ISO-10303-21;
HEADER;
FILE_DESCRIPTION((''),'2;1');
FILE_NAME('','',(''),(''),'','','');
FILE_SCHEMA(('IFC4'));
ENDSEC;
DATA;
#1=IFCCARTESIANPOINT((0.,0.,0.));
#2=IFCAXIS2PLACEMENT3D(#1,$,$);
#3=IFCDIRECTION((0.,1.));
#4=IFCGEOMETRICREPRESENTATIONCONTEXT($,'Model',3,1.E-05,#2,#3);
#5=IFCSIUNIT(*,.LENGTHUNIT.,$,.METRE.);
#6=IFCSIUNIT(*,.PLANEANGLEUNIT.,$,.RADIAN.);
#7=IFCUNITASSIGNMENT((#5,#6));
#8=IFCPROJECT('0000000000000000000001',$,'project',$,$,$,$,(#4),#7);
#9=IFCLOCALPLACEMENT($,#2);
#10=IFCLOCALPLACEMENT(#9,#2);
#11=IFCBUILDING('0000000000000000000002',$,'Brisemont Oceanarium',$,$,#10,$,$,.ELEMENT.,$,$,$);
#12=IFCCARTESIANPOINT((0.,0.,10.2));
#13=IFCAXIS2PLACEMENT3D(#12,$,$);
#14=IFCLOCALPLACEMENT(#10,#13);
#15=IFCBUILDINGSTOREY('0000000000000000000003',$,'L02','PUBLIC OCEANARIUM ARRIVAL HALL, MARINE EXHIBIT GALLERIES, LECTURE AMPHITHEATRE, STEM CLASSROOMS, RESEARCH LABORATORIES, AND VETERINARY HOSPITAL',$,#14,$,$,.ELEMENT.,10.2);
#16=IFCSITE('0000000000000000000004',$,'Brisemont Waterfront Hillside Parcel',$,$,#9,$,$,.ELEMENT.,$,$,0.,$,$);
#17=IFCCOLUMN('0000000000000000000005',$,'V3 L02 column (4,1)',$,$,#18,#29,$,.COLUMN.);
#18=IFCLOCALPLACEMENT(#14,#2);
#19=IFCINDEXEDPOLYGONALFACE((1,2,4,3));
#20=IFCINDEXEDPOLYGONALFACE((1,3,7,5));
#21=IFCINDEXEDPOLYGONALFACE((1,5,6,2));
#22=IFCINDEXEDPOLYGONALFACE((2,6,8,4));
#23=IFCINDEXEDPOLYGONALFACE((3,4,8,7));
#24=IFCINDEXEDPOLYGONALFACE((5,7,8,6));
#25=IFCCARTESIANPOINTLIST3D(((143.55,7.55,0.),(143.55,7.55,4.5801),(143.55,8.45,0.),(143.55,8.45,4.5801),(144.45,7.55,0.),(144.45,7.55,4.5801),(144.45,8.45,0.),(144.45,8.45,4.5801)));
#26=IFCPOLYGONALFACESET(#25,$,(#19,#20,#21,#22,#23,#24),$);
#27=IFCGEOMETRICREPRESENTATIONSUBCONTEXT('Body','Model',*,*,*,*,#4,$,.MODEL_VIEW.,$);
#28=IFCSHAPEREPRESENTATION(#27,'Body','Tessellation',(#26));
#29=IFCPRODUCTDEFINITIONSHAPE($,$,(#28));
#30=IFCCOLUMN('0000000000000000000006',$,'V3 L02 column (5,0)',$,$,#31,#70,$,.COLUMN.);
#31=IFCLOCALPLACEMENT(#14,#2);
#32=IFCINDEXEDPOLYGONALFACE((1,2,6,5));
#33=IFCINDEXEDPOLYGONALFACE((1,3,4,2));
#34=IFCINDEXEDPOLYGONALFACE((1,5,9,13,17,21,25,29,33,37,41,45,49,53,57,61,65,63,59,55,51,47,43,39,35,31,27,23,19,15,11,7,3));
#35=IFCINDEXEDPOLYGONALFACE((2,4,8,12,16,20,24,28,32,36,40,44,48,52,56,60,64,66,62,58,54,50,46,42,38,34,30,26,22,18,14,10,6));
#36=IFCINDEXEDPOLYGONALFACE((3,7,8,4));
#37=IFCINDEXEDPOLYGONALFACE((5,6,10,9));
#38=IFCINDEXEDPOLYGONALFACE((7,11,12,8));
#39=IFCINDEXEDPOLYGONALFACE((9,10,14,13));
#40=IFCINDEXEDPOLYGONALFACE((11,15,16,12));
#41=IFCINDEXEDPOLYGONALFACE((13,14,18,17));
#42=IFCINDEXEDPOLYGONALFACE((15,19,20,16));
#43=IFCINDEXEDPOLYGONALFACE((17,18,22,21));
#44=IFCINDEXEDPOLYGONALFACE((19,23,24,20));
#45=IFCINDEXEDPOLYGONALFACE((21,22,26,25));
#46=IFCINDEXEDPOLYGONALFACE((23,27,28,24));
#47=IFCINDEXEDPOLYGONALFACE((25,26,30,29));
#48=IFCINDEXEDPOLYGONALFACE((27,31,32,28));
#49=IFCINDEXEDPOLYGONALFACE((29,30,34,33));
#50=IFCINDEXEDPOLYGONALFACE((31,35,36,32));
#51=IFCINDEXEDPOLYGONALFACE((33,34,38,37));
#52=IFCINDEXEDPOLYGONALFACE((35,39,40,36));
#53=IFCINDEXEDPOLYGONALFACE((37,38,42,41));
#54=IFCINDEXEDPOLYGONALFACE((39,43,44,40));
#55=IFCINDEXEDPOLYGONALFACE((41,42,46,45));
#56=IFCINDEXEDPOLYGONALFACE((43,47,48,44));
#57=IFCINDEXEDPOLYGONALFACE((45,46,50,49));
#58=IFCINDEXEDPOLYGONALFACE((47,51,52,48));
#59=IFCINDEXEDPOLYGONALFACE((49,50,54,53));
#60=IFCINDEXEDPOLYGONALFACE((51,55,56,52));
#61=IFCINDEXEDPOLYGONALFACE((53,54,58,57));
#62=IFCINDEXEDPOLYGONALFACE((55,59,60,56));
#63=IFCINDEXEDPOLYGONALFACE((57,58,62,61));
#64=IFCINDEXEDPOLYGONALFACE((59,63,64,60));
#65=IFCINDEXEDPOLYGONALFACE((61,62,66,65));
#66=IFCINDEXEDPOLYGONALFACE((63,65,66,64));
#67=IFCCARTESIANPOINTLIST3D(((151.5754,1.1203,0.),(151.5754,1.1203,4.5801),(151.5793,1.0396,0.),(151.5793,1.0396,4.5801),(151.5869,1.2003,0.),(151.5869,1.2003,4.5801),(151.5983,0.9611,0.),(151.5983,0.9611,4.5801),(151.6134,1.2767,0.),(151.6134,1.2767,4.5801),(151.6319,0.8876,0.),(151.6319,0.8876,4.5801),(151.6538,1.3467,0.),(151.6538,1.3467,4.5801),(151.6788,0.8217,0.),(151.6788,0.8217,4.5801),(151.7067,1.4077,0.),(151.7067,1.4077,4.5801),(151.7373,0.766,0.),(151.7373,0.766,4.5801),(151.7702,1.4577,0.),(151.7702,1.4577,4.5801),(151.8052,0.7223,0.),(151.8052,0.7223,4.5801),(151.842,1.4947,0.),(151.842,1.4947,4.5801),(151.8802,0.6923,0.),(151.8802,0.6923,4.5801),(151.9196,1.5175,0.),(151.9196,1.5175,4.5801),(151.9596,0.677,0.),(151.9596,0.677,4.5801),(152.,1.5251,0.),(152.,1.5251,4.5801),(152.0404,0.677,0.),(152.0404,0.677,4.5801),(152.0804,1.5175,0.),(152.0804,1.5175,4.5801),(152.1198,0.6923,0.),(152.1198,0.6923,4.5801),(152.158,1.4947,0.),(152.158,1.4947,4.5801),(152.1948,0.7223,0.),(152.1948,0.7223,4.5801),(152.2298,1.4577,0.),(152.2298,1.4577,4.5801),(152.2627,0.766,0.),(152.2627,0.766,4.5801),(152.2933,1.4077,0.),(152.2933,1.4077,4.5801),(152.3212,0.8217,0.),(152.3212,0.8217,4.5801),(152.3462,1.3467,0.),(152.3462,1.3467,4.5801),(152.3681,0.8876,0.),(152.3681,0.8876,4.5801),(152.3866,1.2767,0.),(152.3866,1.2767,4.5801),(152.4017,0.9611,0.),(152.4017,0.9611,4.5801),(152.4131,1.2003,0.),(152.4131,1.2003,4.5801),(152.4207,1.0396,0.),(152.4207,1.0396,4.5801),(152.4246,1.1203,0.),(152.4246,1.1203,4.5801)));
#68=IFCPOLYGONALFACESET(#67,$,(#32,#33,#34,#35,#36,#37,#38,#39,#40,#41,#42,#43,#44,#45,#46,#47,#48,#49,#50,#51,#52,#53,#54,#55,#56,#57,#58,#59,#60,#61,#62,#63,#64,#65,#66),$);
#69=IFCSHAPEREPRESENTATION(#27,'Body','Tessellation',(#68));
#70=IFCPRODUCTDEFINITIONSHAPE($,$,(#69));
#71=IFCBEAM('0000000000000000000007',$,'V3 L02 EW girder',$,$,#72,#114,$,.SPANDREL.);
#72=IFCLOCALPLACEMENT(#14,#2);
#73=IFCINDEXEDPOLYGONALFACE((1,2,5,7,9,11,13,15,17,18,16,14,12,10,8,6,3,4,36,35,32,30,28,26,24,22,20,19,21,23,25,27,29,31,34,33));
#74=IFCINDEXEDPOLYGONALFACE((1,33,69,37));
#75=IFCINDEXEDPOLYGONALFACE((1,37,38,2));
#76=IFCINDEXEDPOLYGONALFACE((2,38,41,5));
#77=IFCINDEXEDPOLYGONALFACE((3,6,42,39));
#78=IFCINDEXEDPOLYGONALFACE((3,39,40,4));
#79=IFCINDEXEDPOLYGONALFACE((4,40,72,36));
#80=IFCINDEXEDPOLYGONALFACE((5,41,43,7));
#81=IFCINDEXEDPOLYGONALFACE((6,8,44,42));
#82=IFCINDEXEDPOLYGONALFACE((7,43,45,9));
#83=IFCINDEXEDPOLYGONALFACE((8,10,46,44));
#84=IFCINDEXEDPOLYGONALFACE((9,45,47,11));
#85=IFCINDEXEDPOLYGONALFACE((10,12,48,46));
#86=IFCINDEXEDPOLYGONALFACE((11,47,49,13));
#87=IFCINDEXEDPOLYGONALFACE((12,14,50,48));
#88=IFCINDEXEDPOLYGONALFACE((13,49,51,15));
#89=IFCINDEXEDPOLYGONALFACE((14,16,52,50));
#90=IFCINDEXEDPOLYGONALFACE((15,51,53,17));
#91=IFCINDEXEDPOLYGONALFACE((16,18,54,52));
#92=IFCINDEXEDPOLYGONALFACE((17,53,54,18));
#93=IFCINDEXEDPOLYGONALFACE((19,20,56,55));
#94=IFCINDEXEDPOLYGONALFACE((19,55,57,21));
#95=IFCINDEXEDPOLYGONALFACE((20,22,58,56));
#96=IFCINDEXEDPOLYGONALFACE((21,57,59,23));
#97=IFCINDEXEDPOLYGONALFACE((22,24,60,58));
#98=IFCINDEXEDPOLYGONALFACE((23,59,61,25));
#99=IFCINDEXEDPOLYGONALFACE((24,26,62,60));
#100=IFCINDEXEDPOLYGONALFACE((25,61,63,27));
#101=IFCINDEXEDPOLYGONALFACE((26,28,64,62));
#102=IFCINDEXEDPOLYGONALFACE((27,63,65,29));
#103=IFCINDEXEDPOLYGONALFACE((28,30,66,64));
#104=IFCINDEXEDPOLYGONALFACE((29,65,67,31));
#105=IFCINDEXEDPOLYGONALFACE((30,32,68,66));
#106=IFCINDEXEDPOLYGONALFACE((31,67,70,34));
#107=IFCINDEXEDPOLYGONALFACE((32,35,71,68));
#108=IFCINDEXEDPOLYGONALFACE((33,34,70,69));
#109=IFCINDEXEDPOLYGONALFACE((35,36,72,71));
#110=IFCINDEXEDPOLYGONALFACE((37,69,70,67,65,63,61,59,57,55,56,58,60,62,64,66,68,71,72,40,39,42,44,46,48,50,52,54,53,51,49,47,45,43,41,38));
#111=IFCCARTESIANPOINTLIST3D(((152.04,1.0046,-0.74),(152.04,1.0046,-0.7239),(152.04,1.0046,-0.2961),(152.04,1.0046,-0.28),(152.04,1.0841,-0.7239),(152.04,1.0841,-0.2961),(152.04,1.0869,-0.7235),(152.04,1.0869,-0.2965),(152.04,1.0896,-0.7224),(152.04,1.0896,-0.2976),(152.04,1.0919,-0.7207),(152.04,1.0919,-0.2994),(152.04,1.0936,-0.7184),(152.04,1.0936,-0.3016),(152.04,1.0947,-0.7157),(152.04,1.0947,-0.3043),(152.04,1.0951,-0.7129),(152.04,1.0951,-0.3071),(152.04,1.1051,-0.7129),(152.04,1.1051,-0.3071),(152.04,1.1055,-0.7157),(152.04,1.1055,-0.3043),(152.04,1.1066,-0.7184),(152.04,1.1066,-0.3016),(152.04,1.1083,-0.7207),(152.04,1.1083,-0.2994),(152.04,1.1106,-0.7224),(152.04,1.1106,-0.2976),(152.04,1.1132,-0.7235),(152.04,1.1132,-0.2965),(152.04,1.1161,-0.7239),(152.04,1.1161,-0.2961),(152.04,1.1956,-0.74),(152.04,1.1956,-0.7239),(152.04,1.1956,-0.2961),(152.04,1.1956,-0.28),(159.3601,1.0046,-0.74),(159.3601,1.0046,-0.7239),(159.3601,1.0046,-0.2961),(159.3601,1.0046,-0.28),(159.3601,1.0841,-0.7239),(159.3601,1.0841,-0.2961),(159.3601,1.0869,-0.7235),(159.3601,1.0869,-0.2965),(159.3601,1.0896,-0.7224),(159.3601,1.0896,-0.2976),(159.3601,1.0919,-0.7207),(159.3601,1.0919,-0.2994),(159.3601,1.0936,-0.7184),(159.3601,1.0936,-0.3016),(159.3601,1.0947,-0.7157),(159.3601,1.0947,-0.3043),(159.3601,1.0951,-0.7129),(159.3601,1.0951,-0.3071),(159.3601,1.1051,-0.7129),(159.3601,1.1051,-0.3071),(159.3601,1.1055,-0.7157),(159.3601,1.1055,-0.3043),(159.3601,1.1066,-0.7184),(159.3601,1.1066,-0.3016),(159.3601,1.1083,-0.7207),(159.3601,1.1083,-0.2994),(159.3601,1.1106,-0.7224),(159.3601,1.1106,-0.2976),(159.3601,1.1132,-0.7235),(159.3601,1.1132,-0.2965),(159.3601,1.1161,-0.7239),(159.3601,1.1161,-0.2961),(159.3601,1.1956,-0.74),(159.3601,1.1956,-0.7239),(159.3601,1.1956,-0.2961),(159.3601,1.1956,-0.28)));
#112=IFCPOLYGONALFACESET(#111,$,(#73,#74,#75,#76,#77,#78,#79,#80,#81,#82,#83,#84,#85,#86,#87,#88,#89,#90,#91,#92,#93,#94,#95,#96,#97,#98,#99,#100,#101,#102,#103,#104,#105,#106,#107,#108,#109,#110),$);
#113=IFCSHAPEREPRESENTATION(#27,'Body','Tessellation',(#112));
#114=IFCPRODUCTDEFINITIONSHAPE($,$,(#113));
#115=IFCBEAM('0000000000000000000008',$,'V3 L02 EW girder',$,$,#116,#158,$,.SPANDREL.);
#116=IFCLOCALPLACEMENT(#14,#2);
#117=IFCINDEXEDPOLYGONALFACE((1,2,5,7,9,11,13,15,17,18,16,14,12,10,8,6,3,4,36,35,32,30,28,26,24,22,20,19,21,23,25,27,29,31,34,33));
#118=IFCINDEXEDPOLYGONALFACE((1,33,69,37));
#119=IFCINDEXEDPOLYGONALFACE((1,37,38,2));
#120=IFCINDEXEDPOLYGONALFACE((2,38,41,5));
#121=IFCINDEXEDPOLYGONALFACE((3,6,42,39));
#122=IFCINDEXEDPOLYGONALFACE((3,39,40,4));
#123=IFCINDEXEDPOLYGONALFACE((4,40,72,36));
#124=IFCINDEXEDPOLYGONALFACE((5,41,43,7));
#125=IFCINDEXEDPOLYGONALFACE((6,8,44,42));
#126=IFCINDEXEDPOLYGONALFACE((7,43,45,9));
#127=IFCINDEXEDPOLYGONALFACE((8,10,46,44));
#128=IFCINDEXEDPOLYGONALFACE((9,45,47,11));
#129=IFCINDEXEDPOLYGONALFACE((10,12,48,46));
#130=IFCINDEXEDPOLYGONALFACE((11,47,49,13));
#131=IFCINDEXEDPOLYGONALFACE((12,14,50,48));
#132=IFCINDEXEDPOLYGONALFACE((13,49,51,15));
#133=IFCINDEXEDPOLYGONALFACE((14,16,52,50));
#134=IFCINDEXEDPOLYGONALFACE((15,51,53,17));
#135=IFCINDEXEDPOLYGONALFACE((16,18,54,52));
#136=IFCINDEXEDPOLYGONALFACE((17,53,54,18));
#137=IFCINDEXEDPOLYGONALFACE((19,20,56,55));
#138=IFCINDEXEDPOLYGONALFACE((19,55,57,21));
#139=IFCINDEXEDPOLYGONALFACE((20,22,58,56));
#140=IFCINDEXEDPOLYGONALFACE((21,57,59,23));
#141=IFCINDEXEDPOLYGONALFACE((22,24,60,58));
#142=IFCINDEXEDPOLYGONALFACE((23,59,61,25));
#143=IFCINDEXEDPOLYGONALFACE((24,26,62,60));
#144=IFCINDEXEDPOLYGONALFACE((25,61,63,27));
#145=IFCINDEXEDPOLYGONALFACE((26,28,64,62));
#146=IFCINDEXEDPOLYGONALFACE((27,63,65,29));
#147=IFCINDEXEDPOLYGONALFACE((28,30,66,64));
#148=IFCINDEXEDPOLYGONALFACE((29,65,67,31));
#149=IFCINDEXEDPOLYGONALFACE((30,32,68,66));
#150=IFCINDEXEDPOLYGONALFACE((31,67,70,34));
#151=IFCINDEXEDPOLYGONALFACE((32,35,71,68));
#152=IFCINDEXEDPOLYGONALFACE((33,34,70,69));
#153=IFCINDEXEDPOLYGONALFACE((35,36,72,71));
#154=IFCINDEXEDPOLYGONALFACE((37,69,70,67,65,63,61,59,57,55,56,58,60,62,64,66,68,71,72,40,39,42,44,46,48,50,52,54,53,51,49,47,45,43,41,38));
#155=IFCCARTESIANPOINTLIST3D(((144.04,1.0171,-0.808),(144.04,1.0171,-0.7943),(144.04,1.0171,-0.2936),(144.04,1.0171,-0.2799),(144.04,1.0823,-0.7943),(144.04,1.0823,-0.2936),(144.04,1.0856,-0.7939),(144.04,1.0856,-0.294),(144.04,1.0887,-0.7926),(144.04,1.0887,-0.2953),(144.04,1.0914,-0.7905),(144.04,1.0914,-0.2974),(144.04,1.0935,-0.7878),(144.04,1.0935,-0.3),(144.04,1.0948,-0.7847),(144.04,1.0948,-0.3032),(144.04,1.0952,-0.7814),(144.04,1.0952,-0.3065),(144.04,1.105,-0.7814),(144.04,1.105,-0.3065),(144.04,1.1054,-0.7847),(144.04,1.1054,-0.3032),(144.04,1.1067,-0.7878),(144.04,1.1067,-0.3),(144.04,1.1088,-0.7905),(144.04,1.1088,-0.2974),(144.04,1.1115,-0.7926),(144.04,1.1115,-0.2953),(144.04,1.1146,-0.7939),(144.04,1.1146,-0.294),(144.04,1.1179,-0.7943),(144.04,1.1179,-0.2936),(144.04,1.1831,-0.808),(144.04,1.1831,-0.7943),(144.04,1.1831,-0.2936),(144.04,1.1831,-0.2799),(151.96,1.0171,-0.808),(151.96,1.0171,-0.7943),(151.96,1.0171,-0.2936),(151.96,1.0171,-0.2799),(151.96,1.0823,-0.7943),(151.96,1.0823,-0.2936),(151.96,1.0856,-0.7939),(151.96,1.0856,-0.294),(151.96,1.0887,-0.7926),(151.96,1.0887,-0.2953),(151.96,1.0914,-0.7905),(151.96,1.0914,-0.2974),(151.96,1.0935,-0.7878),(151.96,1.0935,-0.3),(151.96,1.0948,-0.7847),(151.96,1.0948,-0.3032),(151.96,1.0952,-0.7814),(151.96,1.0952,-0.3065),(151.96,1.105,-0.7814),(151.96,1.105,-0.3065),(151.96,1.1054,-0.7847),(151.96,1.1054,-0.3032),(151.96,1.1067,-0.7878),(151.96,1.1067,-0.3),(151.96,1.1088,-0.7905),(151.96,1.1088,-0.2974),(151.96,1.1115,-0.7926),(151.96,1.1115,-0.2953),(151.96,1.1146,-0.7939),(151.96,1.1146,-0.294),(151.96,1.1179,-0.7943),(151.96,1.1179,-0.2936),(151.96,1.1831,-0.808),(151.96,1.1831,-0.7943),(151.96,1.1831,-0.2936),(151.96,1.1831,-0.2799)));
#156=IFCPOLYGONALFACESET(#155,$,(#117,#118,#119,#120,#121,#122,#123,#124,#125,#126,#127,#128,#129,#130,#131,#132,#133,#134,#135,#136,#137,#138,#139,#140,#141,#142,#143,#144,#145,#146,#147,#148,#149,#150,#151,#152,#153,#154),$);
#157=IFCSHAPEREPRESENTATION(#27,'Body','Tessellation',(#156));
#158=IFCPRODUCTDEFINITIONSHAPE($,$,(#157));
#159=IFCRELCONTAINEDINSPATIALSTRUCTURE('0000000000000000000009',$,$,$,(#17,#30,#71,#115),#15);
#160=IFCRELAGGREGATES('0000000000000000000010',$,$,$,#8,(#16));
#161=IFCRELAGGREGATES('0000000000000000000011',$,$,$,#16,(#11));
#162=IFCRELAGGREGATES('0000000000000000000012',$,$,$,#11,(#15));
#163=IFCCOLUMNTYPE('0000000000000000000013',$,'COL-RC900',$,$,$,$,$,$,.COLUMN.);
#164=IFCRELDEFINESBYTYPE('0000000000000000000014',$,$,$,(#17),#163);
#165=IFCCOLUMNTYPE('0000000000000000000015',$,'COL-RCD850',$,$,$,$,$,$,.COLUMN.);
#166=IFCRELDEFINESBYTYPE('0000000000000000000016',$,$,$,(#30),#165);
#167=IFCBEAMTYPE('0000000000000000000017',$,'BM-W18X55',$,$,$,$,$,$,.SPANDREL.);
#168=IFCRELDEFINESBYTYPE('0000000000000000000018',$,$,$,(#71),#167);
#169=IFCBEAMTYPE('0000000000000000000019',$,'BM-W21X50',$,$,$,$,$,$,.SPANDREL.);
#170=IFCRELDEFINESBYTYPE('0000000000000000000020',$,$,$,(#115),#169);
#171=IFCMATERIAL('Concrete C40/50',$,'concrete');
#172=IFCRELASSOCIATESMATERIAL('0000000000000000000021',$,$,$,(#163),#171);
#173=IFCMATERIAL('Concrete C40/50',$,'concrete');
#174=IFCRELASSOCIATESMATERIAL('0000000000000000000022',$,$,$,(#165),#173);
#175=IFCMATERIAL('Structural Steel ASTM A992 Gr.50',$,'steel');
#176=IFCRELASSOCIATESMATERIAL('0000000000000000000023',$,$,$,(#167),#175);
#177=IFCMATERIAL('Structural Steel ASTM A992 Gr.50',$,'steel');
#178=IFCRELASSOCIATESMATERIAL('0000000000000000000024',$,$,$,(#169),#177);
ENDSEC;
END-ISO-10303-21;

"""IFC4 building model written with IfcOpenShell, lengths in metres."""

from ifc_helpers import new_model, si_unit, direction, frame, origin, origin_2d, place, context, subcontext, project, spatial, rectangle, circle, i_section, extrude, material, material_profile, profile_set, type_object, element, save


model = new_model("IFC4")

# Units and contexts
model_context = context("Model", 3, precision=1e-05, world=origin(), true_north=direction((0.0, 1.0)))
body_context = subcontext(model_context, "Body", "Model", "MODEL_VIEW")
ifc_project = project(units=[si_unit("LENGTHUNIT", "METRE"), si_unit("PLANEANGLEUNIT", "RADIAN")], contexts=[model_context])

# Site, building, storey
site_placement = place(None, origin())
site = spatial("IfcSite", under=ifc_project, at=site_placement, Name="Brisemont Waterfront Hillside Parcel", CompositionType="ELEMENT", RefElevation=0.0)
building_placement = place(site_placement, origin())
building = spatial("IfcBuilding", under=site, at=building_placement, Name="Brisemont Oceanarium", CompositionType="ELEMENT")
storey_placement = place(building_placement, frame((0.0, 0.0, 10.2)))
storey = spatial("IfcBuildingStorey", under=building, at=storey_placement, Name="L02", Description="PUBLIC OCEANARIUM ARRIVAL HALL, MARINE EXHIBIT GALLERIES, LECTURE AMPHITHEATRE, STEM CLASSROOMS, RESEARCH LABORATORIES, AND VETERINARY HOSPITAL", CompositionType="ELEMENT", Elevation=10.2)

# Columns
ifc_material_1 = material(Name="Concrete C40/50", Category="concrete")
ifc_material_profile_1 = material_profile(ifc_material_1, rectangle(XDim=0.8999, YDim=0.8999, at=origin_2d()), Name="RC-COL-900X900")
ifc_profile_set_1 = profile_set([ifc_material_profile_1], Name="Concrete C40/50")
column_type_1 = type_object("IfcColumnType", Name="COL-RC900", PredefinedType="COLUMN", material=ifc_profile_set_1)
column_1_placement = place(storey_placement, frame((144.0, 8.0, 0.0), z_axis=(0.0, 0.0, 1.0), x_axis=(0.0, 1.0, 0.0)))
element("IfcColumn", 1, at=column_1_placement, inside=storey, type_object=column_type_1, Name="V3 L02 column (4,1)", PredefinedType="COLUMN", context=body_context, shape_type="SweptSolid", body=[
    extrude(rectangle(XDim=0.8999, YDim=0.8999, at=origin_2d()), origin(), (0.0, 0.0, 1.0), 4.5801),
])
ifc_material_2 = material(Name="Concrete C40/50", Category="concrete")
ifc_material_profile_2 = material_profile(ifc_material_2, circle(Radius=0.425, at=origin_2d()), Name="RC-COL-D850")
ifc_profile_set_2 = profile_set([ifc_material_profile_2], Name="Concrete C40/50")
column_type_2 = type_object("IfcColumnType", Name="COL-RCD850", PredefinedType="COLUMN", material=ifc_profile_set_2)
column_2_placement = place(storey_placement, frame((152.0, 1.1001, 0.0), z_axis=(0.0, 0.0, 1.0), x_axis=(0.0, 1.0, 0.0)))
element("IfcColumn", 2, at=column_2_placement, inside=storey, type_object=column_type_2, Name="V3 L02 column (5,0)", PredefinedType="COLUMN", context=body_context, shape_type="SweptSolid", body=[
    extrude(circle(Radius=0.425, at=origin_2d()), origin(), (0.0, 0.0, 1.0), 4.5801),
])

# Beams
ifc_material_3 = material(Name="Structural Steel ASTM A992 Gr.50", Category="steel")
ifc_material_profile_3 = material_profile(ifc_material_3, i_section(OverallWidth=0.1909, OverallDepth=0.46, WebThickness=0.01, FlangeThickness=0.0161, FilletRadius=0.011, at=origin_2d()), Name="W18X55")
ifc_profile_set_3 = profile_set([ifc_material_profile_3], Name="Structural Steel ASTM A992 Gr.50")
beam_type_1 = type_object("IfcBeamType", Name="BM-W18X55", PredefinedType="SPANDREL", material=ifc_profile_set_3)
beam_1_placement = place(storey_placement, frame((152.04, 1.1001, -0.51), z_axis=(1.0, 0.0, 0.0), x_axis=(0.0, 1.0, 0.0)))
element("IfcBeam", 3, at=beam_1_placement, inside=storey, type_object=beam_type_1, Name="V3 L02 EW girder", PredefinedType="SPANDREL", context=body_context, shape_type="SweptSolid", body=[
    extrude(i_section(OverallWidth=0.1909, OverallDepth=0.46, WebThickness=0.01, FlangeThickness=0.0161, FilletRadius=0.011, at=origin_2d()), origin(), (0.0, 0.0, 1.0), 7.3201),
])
ifc_material_4 = material(Name="Structural Steel ASTM A992 Gr.50", Category="steel")
ifc_material_profile_4 = material_profile(ifc_material_4, i_section(OverallWidth=0.166, OverallDepth=0.5281, WebThickness=0.0098, FlangeThickness=0.0137, FilletRadius=0.0129, at=origin_2d()), Name="W21X50")
ifc_profile_set_4 = profile_set([ifc_material_profile_4], Name="Structural Steel ASTM A992 Gr.50")
beam_type_2 = type_object("IfcBeamType", Name="BM-W21X50", PredefinedType="SPANDREL", material=ifc_profile_set_4)
beam_2_placement = place(storey_placement, frame((144.04, 1.1001, -0.5439), z_axis=(1.0, 0.0, 0.0), x_axis=(0.0, 1.0, 0.0)))
element("IfcBeam", 4, at=beam_2_placement, inside=storey, type_object=beam_type_2, Name="V3 L02 EW girder", PredefinedType="SPANDREL", context=body_context, shape_type="SweptSolid", body=[
    extrude(i_section(OverallWidth=0.166, OverallDepth=0.5281, WebThickness=0.0098, FlangeThickness=0.0137, FilletRadius=0.0129, at=origin_2d()), origin(), (0.0, 0.0, 1.0), 7.9199),
])

save(model, "model.ifc")
